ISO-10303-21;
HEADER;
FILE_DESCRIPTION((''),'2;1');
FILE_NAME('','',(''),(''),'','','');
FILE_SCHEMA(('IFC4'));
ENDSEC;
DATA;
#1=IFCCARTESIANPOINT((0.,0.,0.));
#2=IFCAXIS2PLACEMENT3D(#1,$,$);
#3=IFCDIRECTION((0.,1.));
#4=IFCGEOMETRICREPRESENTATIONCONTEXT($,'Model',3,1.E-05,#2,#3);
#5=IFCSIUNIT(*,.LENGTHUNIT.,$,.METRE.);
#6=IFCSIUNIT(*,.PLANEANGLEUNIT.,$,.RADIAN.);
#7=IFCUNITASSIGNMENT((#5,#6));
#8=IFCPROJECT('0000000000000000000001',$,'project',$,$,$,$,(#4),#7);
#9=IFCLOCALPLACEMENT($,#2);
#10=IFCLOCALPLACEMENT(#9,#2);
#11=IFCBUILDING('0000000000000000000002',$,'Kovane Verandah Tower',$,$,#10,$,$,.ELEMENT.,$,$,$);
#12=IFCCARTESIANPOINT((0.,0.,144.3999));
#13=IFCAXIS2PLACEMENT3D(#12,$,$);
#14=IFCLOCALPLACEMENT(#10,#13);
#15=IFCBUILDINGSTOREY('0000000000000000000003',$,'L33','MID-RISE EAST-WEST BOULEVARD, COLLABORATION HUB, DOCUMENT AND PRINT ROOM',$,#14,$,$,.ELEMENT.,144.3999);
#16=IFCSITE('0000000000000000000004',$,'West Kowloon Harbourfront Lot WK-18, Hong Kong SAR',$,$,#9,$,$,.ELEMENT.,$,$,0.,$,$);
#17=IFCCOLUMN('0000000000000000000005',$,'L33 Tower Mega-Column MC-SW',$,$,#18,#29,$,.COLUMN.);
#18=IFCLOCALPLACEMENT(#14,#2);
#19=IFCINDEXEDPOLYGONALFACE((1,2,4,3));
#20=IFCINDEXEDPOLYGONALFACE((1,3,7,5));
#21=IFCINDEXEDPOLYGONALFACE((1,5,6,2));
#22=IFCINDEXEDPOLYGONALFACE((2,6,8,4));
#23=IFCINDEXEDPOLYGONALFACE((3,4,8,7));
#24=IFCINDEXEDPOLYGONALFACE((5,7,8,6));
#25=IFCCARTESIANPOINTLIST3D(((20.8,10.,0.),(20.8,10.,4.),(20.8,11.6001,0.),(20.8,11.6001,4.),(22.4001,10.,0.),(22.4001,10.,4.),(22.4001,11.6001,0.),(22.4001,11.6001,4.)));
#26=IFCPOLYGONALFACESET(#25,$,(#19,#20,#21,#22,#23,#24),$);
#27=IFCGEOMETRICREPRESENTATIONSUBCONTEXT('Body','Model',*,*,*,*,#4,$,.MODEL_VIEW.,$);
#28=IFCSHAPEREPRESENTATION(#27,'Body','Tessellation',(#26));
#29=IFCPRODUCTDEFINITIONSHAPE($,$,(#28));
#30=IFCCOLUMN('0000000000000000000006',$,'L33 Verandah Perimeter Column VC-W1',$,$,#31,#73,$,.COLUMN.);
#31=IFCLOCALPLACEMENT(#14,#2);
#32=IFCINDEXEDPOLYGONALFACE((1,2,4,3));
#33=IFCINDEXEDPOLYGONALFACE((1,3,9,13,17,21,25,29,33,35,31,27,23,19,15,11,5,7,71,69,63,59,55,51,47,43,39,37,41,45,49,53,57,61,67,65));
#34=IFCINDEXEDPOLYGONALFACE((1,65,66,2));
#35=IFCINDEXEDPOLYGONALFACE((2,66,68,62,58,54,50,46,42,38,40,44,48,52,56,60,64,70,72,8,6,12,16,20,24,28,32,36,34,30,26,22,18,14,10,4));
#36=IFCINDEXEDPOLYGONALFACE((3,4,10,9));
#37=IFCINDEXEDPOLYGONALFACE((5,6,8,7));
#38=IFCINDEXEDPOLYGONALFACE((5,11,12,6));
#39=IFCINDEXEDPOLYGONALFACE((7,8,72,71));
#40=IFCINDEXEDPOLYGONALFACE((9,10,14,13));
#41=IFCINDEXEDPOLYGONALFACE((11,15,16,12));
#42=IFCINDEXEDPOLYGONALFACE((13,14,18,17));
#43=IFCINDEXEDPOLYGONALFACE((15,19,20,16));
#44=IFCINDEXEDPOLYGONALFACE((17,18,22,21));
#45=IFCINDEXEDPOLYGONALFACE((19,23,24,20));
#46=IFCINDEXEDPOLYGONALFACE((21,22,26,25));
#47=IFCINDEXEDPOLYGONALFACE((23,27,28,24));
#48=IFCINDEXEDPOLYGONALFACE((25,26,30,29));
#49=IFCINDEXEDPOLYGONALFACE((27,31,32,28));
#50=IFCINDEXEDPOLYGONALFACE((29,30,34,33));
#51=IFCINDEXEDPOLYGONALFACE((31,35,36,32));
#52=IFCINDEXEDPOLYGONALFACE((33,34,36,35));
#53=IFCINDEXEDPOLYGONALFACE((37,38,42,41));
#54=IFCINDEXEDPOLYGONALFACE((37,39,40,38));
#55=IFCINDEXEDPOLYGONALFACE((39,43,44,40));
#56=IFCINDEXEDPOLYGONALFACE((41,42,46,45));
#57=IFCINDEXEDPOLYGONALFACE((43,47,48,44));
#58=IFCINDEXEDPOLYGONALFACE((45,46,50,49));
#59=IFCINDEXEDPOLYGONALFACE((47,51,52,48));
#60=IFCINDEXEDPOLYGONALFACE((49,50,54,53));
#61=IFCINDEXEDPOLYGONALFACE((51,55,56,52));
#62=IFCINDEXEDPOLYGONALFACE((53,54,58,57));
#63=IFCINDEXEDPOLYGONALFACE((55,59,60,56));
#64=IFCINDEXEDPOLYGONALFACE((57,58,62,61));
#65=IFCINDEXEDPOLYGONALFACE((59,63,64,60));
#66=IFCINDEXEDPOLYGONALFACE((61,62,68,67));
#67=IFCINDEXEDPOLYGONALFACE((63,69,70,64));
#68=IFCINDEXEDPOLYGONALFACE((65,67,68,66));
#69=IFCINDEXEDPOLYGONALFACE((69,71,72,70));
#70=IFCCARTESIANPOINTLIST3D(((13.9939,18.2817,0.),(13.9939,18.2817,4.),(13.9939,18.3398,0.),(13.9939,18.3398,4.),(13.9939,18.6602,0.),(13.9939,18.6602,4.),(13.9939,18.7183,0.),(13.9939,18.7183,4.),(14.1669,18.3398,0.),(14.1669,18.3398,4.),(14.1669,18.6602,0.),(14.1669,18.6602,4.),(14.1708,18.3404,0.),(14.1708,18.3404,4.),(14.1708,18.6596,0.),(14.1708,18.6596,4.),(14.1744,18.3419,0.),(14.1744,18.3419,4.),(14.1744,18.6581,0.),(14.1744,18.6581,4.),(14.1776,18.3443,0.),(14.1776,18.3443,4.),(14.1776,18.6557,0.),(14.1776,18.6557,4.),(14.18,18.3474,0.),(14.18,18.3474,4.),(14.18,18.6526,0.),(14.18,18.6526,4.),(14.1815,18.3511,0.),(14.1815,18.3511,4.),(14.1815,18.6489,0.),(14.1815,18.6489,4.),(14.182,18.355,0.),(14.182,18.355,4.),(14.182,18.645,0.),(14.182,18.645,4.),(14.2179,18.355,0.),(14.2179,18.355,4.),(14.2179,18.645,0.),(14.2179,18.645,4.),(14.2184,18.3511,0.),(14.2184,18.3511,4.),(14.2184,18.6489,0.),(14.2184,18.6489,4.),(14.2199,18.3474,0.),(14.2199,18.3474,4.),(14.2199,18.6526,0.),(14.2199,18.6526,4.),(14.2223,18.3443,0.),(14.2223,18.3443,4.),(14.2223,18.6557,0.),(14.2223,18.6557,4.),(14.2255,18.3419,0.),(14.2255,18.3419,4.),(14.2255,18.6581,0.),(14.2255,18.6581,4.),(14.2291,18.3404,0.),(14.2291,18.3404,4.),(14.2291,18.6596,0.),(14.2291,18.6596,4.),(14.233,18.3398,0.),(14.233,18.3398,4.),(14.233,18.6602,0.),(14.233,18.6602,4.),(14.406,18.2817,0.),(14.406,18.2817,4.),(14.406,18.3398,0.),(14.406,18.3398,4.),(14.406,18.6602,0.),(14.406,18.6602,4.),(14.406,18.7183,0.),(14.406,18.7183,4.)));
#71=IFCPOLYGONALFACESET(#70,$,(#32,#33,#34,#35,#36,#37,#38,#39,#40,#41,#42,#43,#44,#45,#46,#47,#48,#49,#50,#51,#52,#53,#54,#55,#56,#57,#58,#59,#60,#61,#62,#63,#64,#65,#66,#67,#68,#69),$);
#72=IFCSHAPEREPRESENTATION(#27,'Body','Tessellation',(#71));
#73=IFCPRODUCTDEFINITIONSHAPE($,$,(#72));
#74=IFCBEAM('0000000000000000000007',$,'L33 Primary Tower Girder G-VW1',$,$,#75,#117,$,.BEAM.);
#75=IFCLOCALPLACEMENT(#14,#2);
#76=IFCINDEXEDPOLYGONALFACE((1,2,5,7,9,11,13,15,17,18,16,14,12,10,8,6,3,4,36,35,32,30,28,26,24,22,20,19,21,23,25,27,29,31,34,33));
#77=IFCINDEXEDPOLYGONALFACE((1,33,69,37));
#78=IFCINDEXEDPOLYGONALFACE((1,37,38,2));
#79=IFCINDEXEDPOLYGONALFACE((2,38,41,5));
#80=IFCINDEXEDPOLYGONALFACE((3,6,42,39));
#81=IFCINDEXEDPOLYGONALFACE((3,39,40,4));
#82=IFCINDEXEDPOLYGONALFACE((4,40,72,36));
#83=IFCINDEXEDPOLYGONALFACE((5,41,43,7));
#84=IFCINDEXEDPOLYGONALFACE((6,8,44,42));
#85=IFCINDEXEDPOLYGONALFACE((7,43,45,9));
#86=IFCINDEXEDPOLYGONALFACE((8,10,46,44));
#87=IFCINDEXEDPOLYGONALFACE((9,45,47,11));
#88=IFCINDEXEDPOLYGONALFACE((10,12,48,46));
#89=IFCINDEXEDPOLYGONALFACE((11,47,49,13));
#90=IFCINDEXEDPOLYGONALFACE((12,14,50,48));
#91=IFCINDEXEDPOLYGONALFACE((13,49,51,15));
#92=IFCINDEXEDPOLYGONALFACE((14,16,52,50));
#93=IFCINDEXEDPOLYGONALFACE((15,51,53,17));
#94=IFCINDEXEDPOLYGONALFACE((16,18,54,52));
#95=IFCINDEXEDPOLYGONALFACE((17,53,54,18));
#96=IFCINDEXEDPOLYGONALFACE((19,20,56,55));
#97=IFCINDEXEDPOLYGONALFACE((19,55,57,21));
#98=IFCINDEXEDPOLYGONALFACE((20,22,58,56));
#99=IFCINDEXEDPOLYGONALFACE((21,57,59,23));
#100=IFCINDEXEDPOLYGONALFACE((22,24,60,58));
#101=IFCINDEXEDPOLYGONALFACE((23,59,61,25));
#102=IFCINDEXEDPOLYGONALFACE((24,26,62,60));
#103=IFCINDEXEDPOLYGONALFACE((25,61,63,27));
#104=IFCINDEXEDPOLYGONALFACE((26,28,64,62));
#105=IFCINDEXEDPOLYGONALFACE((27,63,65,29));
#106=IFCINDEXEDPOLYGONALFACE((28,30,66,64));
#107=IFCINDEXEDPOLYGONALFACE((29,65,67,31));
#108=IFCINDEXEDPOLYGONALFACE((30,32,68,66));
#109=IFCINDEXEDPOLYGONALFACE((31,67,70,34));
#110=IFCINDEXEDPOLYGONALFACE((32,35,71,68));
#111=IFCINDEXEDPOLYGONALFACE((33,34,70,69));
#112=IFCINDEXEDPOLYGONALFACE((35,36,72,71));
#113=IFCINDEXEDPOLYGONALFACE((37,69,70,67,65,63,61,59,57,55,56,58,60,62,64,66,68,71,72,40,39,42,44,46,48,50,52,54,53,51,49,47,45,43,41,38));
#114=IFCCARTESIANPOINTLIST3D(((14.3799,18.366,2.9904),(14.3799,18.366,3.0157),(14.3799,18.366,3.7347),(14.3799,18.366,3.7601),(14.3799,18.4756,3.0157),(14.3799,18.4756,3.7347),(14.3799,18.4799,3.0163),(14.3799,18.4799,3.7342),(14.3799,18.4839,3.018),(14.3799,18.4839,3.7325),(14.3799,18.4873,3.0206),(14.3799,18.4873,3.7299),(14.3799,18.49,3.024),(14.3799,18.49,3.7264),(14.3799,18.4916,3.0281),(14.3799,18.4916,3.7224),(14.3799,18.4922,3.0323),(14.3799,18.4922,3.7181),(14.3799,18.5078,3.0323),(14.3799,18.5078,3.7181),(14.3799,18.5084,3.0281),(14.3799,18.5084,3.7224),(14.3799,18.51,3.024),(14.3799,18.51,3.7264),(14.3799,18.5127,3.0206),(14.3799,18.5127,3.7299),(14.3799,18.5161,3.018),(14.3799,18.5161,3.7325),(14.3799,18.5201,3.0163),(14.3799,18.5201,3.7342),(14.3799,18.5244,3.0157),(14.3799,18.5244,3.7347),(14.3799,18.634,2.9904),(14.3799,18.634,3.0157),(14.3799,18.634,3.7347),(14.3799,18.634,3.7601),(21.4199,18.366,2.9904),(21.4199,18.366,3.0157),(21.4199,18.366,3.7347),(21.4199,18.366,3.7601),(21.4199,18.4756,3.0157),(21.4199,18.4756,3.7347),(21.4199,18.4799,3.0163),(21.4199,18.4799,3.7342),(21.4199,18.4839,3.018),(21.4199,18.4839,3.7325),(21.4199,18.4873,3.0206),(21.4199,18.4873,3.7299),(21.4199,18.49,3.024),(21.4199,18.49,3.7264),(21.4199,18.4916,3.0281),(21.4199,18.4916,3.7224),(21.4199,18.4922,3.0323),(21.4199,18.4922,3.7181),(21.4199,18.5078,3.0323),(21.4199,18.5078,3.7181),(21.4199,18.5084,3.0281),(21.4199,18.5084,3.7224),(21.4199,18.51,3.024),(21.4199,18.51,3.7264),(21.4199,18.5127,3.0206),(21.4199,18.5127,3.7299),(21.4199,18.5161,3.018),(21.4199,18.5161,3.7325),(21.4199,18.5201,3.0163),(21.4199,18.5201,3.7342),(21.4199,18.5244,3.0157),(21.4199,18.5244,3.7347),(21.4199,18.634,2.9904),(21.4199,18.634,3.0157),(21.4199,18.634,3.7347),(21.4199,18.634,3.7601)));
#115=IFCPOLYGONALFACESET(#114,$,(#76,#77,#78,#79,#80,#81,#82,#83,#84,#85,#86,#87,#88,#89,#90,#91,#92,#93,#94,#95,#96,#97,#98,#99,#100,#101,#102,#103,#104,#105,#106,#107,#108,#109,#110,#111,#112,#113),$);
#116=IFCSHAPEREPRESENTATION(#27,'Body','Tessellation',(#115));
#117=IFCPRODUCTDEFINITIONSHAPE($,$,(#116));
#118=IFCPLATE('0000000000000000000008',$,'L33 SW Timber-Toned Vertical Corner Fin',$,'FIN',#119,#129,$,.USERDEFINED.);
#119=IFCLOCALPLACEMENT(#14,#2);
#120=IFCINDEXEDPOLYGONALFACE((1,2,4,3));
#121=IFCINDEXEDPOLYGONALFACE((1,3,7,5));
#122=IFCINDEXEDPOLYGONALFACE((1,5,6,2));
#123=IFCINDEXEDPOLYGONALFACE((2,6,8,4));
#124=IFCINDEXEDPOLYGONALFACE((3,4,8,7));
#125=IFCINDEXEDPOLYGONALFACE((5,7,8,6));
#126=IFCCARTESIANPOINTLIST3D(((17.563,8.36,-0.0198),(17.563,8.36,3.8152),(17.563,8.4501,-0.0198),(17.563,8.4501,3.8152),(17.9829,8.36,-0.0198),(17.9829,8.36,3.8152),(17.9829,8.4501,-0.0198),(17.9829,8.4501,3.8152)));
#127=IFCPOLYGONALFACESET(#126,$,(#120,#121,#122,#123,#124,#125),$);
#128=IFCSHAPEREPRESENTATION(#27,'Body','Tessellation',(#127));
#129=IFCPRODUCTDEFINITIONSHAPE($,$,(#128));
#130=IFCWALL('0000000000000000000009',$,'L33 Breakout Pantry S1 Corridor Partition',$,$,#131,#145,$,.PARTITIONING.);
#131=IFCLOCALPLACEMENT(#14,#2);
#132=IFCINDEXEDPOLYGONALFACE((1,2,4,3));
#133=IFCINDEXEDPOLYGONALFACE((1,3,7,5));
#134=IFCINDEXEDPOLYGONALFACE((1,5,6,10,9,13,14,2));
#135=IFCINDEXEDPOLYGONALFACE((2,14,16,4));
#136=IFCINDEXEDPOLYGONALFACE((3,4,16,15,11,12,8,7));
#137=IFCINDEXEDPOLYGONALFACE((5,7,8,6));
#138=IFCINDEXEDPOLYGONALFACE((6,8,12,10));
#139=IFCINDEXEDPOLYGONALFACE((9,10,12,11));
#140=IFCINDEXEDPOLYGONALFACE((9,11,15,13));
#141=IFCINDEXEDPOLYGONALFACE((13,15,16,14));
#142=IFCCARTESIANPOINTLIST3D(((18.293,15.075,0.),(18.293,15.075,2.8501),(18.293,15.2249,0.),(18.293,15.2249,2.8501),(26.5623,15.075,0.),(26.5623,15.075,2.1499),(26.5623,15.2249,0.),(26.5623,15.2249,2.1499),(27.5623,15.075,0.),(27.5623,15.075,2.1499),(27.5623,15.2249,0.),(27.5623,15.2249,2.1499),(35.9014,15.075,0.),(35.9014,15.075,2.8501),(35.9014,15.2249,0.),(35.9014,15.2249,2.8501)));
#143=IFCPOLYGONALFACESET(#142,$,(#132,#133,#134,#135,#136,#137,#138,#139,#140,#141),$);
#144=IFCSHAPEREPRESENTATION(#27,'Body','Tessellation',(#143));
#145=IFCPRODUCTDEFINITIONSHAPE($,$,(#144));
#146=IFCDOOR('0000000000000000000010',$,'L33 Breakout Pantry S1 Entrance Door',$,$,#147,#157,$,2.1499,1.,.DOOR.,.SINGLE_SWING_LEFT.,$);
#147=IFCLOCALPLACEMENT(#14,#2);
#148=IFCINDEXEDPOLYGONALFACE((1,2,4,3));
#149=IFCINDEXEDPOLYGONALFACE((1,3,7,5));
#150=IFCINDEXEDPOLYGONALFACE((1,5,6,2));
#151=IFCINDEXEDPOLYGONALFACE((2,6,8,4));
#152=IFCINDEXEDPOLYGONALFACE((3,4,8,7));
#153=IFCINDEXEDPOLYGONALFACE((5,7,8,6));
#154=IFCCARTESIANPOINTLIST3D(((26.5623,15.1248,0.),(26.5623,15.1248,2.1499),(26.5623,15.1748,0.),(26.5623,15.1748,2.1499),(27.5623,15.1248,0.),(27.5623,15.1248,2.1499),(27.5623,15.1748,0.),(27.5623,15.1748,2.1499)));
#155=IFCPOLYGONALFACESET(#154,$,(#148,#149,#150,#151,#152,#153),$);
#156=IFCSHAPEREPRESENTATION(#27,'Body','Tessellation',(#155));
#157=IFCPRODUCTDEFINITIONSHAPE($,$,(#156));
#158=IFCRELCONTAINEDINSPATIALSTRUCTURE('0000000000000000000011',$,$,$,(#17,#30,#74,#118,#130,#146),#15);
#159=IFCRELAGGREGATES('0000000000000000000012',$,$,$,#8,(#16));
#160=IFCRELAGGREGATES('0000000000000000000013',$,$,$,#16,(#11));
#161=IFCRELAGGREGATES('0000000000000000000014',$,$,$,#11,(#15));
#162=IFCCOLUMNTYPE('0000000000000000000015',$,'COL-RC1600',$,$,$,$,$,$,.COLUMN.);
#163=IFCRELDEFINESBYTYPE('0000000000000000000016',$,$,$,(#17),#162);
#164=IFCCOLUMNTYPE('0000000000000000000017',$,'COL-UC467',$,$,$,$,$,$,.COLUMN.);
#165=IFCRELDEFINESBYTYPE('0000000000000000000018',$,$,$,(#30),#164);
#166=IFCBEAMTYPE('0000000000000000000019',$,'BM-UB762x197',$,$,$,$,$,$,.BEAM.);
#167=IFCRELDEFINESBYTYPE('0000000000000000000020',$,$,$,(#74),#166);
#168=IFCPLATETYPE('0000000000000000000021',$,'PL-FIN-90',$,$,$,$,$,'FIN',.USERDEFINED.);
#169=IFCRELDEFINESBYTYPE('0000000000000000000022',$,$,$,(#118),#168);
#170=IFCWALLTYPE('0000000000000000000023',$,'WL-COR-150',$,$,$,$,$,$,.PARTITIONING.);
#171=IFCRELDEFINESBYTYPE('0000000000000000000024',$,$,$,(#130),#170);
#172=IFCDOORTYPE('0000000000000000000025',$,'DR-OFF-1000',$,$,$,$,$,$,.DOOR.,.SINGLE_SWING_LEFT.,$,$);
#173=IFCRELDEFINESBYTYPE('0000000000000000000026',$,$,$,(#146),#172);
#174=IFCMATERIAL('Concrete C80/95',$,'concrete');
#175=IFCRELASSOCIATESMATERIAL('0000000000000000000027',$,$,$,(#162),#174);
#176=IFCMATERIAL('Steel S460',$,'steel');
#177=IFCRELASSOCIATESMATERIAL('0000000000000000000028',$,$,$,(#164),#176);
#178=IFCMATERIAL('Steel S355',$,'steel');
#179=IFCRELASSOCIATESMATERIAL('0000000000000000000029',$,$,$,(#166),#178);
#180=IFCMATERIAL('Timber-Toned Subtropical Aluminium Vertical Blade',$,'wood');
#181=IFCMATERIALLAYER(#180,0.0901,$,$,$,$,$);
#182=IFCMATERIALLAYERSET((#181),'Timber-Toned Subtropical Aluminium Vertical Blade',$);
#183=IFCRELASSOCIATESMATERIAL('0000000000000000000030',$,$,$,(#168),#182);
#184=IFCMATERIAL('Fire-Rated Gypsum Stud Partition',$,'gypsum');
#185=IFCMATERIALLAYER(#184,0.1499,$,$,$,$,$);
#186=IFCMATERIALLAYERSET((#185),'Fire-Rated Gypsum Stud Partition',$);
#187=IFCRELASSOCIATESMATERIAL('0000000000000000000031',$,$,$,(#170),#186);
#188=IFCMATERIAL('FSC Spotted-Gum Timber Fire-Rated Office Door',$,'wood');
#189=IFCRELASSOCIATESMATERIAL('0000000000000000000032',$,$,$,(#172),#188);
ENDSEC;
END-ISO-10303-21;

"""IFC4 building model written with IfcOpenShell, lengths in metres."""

from ifc_helpers import new_model, si_unit, direction, frame, frame_2d, origin, origin_2d, place, context, subcontext, project, spatial, rectangle, i_section, extrude, material, layer, layer_set, material_profile, profile_set, type_object, element, fill, save


model = new_model("IFC4")

# Units and contexts
model_context = context("Model", 3, precision=1e-05, world=origin(), true_north=direction((0.0, 1.0)))
body_context = subcontext(model_context, "Body", "Model", "MODEL_VIEW")
ifc_project = project(units=[si_unit("LENGTHUNIT", "METRE"), si_unit("PLANEANGLEUNIT", "RADIAN")], contexts=[model_context])

# Site, building, storey
site_placement = place(None, origin())
site = spatial("IfcSite", under=ifc_project, at=site_placement, Name="West Kowloon Harbourfront Lot WK-18, Hong Kong SAR", CompositionType="ELEMENT", RefElevation=0.0)
building_placement = place(site_placement, origin())
building = spatial("IfcBuilding", under=site, at=building_placement, Name="Kovane Verandah Tower", CompositionType="ELEMENT")
storey_placement = place(building_placement, frame((0.0, 0.0, 144.3999)))
storey = spatial("IfcBuildingStorey", under=building, at=storey_placement, Name="L33", Description="MID-RISE EAST-WEST BOULEVARD, COLLABORATION HUB, DOCUMENT AND PRINT ROOM", CompositionType="ELEMENT", Elevation=144.3999)

# Columns
ifc_material_1 = material(Name="Concrete C80/95", Category="concrete")
ifc_material_profile_1 = material_profile(ifc_material_1, rectangle(XDim=1.6001, YDim=1.6001, at=origin_2d()), Name="RC1600x1600")
ifc_profile_set_1 = profile_set([ifc_material_profile_1], Name="Concrete C80/95")
column_type_1 = type_object("IfcColumnType", Name="COL-RC1600", PredefinedType="COLUMN", material=ifc_profile_set_1)
column_1_placement = place(storey_placement, frame((21.6001, 10.8, 0.0), z_axis=(0.0, 0.0, 1.0), x_axis=(1.0, 0.0, 0.0)))
element("IfcColumn", 1, at=column_1_placement, inside=storey, type_object=column_type_1, Name="L33 Tower Mega-Column MC-SW", PredefinedType="COLUMN", context=body_context, shape_type="SweptSolid", body=[
    extrude(rectangle(XDim=1.6001, YDim=1.6001, at=origin_2d()), origin(), (0.0, 0.0, 1.0), 4.0),
])
ifc_material_2 = material(Name="Steel S460", Category="steel")
ifc_material_profile_2 = material_profile(ifc_material_2, i_section(OverallWidth=0.4121, OverallDepth=0.4365, WebThickness=0.0359, FlangeThickness=0.0581, FilletRadius=0.0151, at=origin_2d()), Name="UC356x406x467")
ifc_profile_set_2 = profile_set([ifc_material_profile_2], Name="Steel S460")
column_type_2 = type_object("IfcColumnType", Name="COL-UC467", PredefinedType="COLUMN", material=ifc_profile_set_2)
column_2_placement = place(storey_placement, frame((14.2, 18.5, 0.0), z_axis=(0.0, 0.0, 1.0), x_axis=(1.0, 0.0, 0.0)))
element("IfcColumn", 2, at=column_2_placement, inside=storey, type_object=column_type_2, Name="L33 Verandah Perimeter Column VC-W1", PredefinedType="COLUMN", context=body_context, shape_type="SweptSolid", body=[
    extrude(i_section(OverallWidth=0.4121, OverallDepth=0.4365, WebThickness=0.0359, FlangeThickness=0.0581, FilletRadius=0.0151, at=origin_2d()), origin(), (0.0, 0.0, 1.0), 4.0),
])

# Beam
ifc_material_3 = material(Name="Steel S355", Category="steel")
ifc_material_profile_3 = material_profile(ifc_material_3, i_section(OverallWidth=0.2681, OverallDepth=0.7698, WebThickness=0.0156, FlangeThickness=0.0254, FilletRadius=0.0166, at=origin_2d()), Name="UB762x267x197")
ifc_profile_set_3 = profile_set([ifc_material_profile_3], Name="Steel S355")
beam_type = type_object("IfcBeamType", Name="BM-UB762x197", PredefinedType="BEAM", material=ifc_profile_set_3)
beam_placement = place(storey_placement, frame((21.4199, 18.5, 3.3752), z_axis=(-1.0, 0.0, 0.0), x_axis=(0.0, -1.0, 0.0)))
element("IfcBeam", 3, at=beam_placement, inside=storey, type_object=beam_type, Name="L33 Primary Tower Girder G-VW1", PredefinedType="BEAM", context=body_context, shape_type="SweptSolid", body=[
    extrude(i_section(OverallWidth=0.2681, OverallDepth=0.7698, WebThickness=0.0156, FlangeThickness=0.0254, FilletRadius=0.0166, at=origin_2d()), origin(), (0.0, 0.0, 1.0), 7.04),
])

# Plate
ifc_material_4 = material(Name="Timber-Toned Subtropical Aluminium Vertical Blade", Category="wood")
ifc_layer_1 = layer(ifc_material_4, 0.0901)
ifc_layer_set_1 = layer_set([ifc_layer_1], Name="Timber-Toned Subtropical Aluminium Vertical Blade")
plate_type = type_object("IfcPlateType", Name="PL-FIN-90", ElementType="FIN", PredefinedType="USERDEFINED", material=ifc_layer_set_1)
plate_placement = place(storey_placement, frame((17.7729, 8.405, -0.0198), z_axis=(0.0, 0.0, 1.0), x_axis=(1.0, 0.0, 0.0)))
element("IfcPlate", 4, at=plate_placement, inside=storey, type_object=plate_type, Name="L33 SW Timber-Toned Vertical Corner Fin", ObjectType="FIN", PredefinedType="USERDEFINED", context=body_context, shape_type="SweptSolid", body=[
    extrude(rectangle(XDim=0.4199, YDim=0.0901, at=origin_2d()), origin(), (0.0, 0.0, 1.0), 3.835),
])

# Wall, opening, door
ifc_material_5 = material(Name="Fire-Rated Gypsum Stud Partition", Category="gypsum")
ifc_layer_2 = layer(ifc_material_5, 0.1499)
ifc_layer_set_2 = layer_set([ifc_layer_2], Name="Fire-Rated Gypsum Stud Partition")
wall_type_1 = type_object("IfcWallType", Name="WL-COR-150", PredefinedType="PARTITIONING", material=ifc_layer_set_2)
wall_1_placement = place(storey_placement, frame((18.293, 15.1499, 0.0), z_axis=(0.0, 0.0, 1.0), x_axis=(1.0, 0.0, 0.0)))
wall_1 = element("IfcWall", 5, at=wall_1_placement, inside=storey, type_object=wall_type_1, Name="L33 Breakout Pantry S1 Corridor Partition", PredefinedType="PARTITIONING", context=body_context, shape_type="SweptSolid", body=[
    extrude(rectangle(XDim=17.6084, YDim=0.1499, at=frame_2d((8.8042, 0.0))), origin(), (0.0, 0.0, 1.0), 2.8501),
])
opening_1_placement = place(wall_1_placement, frame((8.2693, 0.0, 0.0)))
opening_1 = element("IfcOpeningElement", 6, at=opening_1_placement, cuts=wall_1, PredefinedType="OPENING", context=body_context, shape_type="SweptSolid", body=[
    extrude(rectangle(XDim=1.0, YDim=2.1499, at=frame_2d((0.5, 1.075))), frame((0.0, 0.075, 0.0), z_axis=(0.0, -1.0, 0.0), x_axis=(1.0, 0.0, 0.0)), (0.0, 0.0, 1.0), 0.1499),
])
ifc_material_6 = material(Name="FSC Spotted-Gum Timber Fire-Rated Office Door", Category="wood")
door_type_1 = type_object("IfcDoorType", Name="DR-OFF-1000", OperationType="SINGLE_SWING_LEFT", PredefinedType="DOOR", material=ifc_material_6)
door_1_placement = place(opening_1_placement, origin())
door_1 = element("IfcDoor", 7, at=door_1_placement, inside=storey, type_object=door_type_1, Name="L33 Breakout Pantry S1 Entrance Door", OperationType="SINGLE_SWING_LEFT", OverallHeight=2.1499, OverallWidth=1.0, PredefinedType="DOOR", context=body_context, shape_type="SweptSolid", body=[
    extrude(rectangle(XDim=1.0, YDim=2.1499, at=frame_2d((0.5, 1.075))), frame((0.0, 0.0249, 0.0), z_axis=(0.0, -1.0, 0.0), x_axis=(1.0, 0.0, 0.0)), (0.0, 0.0, 1.0), 0.05),
])
fill(opening_1, door_1)

save(model, "model.ifc")
